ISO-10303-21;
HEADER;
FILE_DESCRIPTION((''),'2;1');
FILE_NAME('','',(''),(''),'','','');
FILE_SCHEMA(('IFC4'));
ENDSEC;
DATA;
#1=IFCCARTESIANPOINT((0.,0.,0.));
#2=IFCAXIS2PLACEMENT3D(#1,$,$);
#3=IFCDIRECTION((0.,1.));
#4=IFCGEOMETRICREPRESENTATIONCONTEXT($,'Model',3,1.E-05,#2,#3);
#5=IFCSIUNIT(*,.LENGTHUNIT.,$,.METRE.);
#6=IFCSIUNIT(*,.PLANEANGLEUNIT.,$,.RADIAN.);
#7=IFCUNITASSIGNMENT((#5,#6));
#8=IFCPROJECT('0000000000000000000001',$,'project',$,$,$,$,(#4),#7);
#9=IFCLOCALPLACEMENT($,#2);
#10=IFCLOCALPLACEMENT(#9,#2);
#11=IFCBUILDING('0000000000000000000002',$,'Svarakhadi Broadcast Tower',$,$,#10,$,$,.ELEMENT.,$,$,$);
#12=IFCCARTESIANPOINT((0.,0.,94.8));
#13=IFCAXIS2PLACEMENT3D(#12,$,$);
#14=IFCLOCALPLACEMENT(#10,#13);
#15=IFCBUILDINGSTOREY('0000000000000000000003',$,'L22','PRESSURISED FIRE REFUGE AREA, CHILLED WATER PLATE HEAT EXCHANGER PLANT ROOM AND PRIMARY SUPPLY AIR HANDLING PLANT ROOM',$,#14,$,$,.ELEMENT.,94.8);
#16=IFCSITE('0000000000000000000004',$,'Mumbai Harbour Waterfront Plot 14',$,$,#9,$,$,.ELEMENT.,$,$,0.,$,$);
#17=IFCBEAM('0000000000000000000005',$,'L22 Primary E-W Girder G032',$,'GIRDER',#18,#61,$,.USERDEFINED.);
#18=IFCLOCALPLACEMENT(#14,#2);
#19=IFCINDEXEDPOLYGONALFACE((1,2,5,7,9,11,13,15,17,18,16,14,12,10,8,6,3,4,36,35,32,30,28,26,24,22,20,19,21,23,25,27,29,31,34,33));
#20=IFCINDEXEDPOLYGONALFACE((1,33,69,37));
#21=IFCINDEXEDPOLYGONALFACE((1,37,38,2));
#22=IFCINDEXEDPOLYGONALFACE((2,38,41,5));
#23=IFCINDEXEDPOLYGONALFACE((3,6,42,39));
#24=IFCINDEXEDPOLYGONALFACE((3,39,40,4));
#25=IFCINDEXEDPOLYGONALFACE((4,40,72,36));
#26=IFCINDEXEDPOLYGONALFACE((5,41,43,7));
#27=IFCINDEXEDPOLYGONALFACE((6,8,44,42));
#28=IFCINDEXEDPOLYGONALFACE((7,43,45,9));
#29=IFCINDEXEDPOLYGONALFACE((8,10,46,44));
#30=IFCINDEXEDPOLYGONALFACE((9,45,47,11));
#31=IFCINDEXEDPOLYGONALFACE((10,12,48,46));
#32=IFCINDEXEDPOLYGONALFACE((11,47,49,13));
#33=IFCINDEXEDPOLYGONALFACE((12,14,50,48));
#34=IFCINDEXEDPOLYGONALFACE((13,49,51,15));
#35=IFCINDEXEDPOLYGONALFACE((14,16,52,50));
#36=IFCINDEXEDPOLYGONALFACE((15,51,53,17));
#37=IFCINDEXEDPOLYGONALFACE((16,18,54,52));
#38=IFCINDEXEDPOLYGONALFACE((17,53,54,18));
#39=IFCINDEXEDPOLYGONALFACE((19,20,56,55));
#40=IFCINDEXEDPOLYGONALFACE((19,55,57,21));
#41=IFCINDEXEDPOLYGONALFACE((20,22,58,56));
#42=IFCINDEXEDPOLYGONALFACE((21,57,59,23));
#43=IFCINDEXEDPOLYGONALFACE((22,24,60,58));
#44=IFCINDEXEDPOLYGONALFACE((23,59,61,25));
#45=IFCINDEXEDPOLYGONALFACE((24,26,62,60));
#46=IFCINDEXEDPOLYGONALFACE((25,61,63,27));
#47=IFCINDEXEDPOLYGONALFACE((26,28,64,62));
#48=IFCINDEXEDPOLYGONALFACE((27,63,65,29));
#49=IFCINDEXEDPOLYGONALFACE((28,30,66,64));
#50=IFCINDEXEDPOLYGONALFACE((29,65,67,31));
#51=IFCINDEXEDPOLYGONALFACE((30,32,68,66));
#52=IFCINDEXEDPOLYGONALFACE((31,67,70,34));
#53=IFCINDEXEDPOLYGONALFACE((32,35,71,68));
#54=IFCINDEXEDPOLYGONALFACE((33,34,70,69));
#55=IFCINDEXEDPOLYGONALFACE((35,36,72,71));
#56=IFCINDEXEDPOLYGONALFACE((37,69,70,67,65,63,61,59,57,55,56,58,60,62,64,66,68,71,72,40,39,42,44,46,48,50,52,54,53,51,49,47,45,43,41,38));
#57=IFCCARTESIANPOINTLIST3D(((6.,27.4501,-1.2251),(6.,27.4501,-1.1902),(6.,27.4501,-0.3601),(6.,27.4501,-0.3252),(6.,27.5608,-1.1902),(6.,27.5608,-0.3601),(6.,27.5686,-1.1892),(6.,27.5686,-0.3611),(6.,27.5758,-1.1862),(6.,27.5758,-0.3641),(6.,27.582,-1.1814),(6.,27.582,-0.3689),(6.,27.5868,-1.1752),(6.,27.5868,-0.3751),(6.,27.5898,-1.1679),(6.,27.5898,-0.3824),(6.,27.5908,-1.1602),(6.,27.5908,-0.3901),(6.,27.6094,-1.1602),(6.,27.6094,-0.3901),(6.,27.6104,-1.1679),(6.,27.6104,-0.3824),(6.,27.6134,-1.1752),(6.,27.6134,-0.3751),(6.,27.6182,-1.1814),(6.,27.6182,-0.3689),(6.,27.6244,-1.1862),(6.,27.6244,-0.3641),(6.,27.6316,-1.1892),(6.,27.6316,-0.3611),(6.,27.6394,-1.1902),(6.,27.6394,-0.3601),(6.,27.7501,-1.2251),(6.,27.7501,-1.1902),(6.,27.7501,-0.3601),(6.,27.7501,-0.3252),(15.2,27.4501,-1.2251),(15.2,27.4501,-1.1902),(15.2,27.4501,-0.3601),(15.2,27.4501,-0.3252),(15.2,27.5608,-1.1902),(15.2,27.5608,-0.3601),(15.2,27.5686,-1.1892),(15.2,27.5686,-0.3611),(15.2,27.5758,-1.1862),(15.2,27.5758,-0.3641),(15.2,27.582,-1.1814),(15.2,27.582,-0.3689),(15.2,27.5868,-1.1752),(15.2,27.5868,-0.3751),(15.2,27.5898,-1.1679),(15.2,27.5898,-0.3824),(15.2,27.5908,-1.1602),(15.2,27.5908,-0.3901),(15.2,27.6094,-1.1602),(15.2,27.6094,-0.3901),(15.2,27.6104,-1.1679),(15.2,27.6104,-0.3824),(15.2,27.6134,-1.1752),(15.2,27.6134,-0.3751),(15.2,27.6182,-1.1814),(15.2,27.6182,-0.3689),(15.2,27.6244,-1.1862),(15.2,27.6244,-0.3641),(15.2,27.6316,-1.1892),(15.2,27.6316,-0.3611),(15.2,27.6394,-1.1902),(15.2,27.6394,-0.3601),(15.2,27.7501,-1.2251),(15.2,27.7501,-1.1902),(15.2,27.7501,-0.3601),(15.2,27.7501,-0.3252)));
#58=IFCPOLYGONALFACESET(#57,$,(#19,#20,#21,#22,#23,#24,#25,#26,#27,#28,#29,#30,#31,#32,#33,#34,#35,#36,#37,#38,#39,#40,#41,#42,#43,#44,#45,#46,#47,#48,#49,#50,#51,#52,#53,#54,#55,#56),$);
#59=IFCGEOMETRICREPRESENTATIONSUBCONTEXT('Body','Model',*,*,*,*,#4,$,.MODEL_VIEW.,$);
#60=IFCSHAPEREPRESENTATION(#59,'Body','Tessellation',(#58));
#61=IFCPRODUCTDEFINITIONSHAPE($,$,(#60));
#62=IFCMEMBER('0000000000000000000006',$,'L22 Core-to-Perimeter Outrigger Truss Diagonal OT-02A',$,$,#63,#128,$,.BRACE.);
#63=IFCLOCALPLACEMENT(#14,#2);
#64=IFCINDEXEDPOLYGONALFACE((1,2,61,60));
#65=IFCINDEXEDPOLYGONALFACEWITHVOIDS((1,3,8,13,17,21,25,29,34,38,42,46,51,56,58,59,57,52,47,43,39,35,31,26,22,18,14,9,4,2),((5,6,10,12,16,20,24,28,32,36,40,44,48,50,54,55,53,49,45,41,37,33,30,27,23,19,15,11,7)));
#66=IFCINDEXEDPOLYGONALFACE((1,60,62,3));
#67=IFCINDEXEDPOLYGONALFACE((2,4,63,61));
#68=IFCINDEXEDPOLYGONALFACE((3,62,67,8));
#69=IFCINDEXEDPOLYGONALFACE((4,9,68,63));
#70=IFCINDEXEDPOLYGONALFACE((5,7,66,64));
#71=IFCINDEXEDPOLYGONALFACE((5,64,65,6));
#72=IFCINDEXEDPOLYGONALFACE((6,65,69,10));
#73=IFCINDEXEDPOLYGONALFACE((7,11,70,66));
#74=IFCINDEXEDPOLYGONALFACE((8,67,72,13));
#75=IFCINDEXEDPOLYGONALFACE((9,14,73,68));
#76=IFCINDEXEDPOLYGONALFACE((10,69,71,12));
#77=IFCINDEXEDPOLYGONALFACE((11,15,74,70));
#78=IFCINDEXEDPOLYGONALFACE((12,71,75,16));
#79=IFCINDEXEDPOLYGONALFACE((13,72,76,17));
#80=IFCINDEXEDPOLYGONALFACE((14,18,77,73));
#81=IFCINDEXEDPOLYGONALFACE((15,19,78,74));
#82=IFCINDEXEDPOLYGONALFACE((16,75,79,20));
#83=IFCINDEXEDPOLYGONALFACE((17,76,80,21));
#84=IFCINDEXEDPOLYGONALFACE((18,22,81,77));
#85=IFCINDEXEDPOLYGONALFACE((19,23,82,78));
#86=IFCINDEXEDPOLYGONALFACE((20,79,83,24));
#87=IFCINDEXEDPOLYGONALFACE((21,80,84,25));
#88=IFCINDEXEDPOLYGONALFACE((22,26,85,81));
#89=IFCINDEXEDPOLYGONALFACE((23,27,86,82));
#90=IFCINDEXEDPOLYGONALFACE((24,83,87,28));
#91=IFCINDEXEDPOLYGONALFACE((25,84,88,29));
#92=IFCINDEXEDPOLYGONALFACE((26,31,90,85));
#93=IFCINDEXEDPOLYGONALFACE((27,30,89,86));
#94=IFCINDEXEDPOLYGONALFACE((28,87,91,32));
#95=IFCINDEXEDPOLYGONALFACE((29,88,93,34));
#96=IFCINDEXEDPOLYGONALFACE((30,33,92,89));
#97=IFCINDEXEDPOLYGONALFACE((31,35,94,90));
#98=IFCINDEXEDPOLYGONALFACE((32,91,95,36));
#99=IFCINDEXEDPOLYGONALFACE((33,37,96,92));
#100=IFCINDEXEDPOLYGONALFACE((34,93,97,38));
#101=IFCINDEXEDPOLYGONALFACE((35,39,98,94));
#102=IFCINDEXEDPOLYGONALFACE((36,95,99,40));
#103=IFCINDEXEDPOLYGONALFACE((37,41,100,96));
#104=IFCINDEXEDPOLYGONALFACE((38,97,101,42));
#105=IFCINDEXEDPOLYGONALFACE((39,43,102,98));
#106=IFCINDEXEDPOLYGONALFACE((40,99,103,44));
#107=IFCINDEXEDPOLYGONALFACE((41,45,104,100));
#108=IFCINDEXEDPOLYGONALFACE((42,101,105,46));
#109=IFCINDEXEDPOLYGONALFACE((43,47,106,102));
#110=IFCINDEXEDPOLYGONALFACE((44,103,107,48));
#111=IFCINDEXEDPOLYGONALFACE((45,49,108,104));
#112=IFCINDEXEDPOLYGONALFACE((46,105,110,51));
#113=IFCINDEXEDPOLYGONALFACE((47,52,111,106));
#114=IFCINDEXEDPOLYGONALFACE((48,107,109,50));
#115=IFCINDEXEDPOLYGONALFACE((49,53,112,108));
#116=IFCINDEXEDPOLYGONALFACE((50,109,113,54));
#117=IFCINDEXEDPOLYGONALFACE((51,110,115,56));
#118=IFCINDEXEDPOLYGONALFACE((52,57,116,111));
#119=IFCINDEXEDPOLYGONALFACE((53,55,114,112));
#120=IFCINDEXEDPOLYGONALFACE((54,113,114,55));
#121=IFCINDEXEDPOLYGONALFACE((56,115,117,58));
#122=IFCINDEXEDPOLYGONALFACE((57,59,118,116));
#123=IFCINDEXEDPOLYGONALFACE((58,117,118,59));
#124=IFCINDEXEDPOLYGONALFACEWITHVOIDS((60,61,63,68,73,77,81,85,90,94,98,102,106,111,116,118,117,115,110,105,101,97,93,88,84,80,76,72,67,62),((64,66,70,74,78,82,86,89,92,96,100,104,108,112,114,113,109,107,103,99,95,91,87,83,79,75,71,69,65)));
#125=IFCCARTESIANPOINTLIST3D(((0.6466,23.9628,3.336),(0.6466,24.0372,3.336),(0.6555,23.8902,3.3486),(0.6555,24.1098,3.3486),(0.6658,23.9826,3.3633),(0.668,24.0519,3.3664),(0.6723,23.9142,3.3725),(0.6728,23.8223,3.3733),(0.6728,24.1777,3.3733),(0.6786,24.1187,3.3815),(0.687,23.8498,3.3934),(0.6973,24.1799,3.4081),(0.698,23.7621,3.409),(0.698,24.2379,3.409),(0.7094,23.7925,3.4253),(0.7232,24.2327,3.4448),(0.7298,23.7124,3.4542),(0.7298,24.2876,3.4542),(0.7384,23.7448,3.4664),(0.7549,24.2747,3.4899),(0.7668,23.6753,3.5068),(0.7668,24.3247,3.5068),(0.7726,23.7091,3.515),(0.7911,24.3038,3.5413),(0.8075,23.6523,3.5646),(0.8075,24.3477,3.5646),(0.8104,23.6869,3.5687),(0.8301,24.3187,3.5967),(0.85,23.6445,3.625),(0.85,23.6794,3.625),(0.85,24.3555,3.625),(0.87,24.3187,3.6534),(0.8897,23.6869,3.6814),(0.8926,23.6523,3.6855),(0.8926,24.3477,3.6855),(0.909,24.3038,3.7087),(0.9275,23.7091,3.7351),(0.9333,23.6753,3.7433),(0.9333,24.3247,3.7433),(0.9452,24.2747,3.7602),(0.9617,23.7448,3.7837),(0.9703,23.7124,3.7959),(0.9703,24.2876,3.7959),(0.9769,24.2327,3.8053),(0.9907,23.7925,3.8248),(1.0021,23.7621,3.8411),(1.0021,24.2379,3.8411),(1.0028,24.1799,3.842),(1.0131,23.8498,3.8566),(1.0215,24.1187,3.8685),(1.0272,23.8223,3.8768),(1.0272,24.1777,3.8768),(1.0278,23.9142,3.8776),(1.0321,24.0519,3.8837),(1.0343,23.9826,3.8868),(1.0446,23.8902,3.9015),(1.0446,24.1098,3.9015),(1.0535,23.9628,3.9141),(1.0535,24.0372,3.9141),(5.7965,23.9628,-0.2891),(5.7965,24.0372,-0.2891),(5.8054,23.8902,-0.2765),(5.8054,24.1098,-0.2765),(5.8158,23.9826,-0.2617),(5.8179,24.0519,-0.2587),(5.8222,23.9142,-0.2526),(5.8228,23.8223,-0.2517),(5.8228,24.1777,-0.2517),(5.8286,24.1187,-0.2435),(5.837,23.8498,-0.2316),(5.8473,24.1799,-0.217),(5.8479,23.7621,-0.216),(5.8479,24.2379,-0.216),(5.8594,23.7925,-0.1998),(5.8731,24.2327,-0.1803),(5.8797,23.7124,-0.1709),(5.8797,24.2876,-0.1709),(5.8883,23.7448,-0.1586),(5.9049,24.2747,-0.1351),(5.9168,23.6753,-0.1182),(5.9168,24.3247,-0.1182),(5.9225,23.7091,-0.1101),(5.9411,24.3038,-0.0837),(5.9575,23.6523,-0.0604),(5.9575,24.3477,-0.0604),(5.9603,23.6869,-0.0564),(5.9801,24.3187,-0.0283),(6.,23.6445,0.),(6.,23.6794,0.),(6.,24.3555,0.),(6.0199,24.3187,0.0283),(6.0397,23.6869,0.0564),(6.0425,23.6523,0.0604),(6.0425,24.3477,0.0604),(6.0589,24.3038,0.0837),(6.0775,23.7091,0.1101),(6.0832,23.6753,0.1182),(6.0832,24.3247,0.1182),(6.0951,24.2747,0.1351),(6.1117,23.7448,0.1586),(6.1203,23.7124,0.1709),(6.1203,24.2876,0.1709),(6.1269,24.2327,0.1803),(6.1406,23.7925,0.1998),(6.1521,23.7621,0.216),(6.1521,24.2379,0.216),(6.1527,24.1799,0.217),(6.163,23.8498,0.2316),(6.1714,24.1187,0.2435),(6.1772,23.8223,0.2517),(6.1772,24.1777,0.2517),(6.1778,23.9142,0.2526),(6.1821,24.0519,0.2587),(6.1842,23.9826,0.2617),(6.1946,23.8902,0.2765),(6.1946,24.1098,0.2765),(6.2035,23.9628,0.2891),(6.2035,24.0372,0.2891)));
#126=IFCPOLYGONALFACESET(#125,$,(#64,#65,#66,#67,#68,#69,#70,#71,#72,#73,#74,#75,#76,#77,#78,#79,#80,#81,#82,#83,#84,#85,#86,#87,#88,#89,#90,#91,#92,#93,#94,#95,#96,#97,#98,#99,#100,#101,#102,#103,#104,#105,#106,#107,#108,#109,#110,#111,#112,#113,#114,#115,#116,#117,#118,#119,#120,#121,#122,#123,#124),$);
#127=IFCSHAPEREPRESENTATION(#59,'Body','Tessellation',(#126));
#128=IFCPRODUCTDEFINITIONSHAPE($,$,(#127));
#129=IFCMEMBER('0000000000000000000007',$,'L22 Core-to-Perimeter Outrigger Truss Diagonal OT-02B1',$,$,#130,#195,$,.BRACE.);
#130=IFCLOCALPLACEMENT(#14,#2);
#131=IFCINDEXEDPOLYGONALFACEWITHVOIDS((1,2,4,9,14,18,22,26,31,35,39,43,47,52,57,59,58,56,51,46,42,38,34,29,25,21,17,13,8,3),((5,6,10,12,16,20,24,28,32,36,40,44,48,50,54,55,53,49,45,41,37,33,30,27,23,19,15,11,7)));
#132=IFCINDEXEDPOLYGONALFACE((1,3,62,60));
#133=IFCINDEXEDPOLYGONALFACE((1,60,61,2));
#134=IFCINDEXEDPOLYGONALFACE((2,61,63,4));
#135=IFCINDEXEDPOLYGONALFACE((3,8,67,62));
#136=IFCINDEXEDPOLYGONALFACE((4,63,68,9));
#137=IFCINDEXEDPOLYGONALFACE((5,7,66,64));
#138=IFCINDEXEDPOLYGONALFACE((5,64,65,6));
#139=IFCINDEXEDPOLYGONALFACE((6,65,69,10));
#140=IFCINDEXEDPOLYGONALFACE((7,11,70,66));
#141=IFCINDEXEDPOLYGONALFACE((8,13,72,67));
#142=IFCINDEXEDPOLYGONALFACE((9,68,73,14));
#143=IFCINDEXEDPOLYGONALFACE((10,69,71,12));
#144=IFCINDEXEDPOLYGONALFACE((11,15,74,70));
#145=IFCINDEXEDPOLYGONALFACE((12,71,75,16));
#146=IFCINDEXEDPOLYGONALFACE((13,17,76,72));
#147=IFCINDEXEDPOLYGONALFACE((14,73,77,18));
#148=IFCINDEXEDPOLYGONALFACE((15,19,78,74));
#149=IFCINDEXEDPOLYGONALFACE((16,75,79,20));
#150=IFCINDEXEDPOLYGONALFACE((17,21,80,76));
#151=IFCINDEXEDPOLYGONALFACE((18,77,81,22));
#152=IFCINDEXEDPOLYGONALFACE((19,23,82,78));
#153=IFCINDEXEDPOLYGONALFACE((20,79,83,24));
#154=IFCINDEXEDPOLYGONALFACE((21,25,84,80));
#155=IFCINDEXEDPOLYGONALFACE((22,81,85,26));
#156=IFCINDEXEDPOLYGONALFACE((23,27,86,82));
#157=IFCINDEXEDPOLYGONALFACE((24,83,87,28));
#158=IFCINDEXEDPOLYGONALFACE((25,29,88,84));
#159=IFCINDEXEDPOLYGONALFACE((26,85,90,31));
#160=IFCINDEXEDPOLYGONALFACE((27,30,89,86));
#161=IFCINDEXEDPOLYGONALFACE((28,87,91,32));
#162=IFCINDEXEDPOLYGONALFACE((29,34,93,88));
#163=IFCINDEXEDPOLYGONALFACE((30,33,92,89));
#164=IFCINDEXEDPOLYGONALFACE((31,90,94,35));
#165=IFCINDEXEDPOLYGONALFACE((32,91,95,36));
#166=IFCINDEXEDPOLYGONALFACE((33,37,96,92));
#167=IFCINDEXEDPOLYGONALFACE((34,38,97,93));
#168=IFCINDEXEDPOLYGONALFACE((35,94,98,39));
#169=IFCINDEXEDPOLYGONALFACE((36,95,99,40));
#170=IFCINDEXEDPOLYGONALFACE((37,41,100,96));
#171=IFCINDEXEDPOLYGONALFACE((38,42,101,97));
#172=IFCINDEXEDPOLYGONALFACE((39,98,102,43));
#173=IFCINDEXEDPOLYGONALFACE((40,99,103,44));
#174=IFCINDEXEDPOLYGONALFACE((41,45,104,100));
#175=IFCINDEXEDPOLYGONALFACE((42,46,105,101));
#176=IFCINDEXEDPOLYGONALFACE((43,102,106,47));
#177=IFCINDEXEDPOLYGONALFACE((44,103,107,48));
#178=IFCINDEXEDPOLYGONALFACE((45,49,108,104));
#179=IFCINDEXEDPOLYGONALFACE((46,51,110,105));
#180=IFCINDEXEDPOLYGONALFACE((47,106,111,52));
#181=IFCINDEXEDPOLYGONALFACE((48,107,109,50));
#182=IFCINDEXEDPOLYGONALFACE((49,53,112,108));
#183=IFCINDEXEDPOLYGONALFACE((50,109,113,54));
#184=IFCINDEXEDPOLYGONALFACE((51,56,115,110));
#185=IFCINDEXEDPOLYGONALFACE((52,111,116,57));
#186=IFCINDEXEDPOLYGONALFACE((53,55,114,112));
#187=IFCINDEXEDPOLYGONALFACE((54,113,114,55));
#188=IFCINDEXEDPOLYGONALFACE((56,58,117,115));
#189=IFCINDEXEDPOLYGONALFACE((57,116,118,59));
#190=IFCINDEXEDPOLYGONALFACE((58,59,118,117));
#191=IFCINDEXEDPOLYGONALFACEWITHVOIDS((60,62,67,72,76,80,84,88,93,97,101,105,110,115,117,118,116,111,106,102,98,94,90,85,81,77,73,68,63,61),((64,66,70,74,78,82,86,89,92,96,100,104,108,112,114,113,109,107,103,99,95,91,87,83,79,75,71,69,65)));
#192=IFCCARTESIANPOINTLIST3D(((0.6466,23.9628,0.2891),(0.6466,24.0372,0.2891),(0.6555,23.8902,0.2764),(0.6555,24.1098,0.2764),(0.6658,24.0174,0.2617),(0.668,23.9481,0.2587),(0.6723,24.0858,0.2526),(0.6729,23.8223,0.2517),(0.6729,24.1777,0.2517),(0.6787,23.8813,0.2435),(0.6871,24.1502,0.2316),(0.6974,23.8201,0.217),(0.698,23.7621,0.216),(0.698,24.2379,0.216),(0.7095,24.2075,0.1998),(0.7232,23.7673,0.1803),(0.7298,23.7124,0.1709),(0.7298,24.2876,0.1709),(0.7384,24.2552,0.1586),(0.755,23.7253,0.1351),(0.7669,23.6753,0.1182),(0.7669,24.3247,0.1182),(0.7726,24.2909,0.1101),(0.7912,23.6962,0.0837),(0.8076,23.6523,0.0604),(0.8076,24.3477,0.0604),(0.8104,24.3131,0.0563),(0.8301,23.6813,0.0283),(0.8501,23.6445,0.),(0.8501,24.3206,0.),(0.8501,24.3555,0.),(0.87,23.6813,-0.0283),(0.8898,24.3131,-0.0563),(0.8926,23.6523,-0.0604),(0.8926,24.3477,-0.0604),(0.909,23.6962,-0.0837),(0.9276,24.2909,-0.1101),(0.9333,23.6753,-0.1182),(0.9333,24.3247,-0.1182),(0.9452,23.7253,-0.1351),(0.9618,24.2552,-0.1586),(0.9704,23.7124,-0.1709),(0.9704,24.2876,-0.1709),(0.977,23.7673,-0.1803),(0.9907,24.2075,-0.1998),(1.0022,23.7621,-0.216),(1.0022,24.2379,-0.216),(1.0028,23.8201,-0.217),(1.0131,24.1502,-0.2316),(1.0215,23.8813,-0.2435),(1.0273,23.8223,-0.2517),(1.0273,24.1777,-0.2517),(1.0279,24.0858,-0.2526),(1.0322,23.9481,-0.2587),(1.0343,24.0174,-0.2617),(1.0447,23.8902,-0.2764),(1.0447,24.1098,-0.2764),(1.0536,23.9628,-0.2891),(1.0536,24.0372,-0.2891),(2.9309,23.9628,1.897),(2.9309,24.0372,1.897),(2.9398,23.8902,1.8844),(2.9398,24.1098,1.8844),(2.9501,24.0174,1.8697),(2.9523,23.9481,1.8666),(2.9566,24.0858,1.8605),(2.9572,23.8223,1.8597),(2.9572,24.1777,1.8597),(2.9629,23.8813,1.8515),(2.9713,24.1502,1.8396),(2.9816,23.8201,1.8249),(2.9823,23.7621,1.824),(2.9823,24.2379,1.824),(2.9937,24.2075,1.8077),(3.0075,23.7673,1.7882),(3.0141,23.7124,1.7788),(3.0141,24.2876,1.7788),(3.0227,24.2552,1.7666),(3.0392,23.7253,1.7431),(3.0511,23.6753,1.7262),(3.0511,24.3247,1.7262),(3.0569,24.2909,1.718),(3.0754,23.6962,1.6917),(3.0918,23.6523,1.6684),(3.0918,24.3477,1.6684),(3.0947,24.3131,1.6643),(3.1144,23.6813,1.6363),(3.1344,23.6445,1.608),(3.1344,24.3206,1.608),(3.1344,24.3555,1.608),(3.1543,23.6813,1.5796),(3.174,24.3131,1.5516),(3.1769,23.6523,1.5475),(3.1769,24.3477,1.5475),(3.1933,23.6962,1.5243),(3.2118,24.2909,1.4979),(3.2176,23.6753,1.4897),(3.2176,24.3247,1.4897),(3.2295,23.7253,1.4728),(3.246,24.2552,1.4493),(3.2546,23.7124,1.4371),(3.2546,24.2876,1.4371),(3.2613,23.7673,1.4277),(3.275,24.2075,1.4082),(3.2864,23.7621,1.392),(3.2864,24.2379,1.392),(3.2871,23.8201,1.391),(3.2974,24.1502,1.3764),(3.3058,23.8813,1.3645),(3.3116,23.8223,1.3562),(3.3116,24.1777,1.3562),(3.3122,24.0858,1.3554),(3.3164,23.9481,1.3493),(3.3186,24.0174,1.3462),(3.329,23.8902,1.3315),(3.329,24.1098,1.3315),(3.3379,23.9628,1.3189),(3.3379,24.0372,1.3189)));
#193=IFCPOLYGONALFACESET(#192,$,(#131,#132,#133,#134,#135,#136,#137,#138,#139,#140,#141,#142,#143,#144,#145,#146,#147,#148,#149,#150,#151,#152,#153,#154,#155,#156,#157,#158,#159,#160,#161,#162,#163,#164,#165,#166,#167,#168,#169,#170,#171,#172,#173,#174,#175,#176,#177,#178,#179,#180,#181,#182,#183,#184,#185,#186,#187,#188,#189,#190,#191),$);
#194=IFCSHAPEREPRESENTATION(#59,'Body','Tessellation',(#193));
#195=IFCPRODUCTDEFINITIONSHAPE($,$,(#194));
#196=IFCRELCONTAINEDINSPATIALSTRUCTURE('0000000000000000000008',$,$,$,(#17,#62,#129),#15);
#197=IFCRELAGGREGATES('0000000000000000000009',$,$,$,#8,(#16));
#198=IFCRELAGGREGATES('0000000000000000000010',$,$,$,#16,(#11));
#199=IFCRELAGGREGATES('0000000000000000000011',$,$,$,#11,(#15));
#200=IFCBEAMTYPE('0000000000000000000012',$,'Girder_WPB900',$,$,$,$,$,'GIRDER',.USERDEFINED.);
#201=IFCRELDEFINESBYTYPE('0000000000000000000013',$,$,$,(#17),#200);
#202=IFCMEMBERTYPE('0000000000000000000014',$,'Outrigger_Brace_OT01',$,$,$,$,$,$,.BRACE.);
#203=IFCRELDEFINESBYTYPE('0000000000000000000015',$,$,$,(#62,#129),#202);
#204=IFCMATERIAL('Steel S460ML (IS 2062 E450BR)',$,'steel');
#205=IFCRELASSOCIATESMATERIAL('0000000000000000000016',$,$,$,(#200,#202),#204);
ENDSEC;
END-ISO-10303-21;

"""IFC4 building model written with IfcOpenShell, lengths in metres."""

from ifc_helpers import new_model, si_unit, direction, frame, origin, origin_2d, place, context, subcontext, project, spatial, hollow_circle, i_section, extrude, material, material_profile, profile_set, type_object, element, save


model = new_model("IFC4")

# Units and contexts
model_context = context("Model", 3, precision=1e-05, world=origin(), true_north=direction((0.0, 1.0)))
body_context = subcontext(model_context, "Body", "Model", "MODEL_VIEW")
ifc_project = project(units=[si_unit("LENGTHUNIT", "METRE"), si_unit("PLANEANGLEUNIT", "RADIAN")], contexts=[model_context])

# Site, building, storey
site_placement = place(None, origin())
site = spatial("IfcSite", under=ifc_project, at=site_placement, Name="Mumbai Harbour Waterfront Plot 14", CompositionType="ELEMENT", RefElevation=0.0)
building_placement = place(site_placement, origin())
building = spatial("IfcBuilding", under=site, at=building_placement, Name="Svarakhadi Broadcast Tower", CompositionType="ELEMENT")
storey_placement = place(building_placement, frame((0.0, 0.0, 94.8)))
storey = spatial("IfcBuildingStorey", under=building, at=storey_placement, Name="L22", Description="PRESSURISED FIRE REFUGE AREA, CHILLED WATER PLATE HEAT EXCHANGER PLANT ROOM AND PRIMARY SUPPLY AIR HANDLING PLANT ROOM", CompositionType="ELEMENT", Elevation=94.8)

# Shared definitions
ifc_material_1 = material(Name="Steel S460ML (IS 2062 E450BR)", Category="steel")

# Beam
ifc_material_profile_1 = material_profile(ifc_material_1, i_section(OverallWidth=0.3, OverallDepth=0.8999, WebThickness=0.0186, FlangeThickness=0.0349, FilletRadius=0.03, at=origin_2d()), Name="WPB 900x300x291")
ifc_profile_set_1 = profile_set([ifc_material_profile_1], Name="Steel S460ML (IS 2062 E450BR)")
beam_type_1 = type_object("IfcBeamType", Name="Girder_WPB900", ElementType="GIRDER", PredefinedType="USERDEFINED", material=ifc_profile_set_1)
beam_1_placement = place(storey_placement, frame((6.0, 27.6001, -0.7751), z_axis=(1.0, 0.0, 0.0), x_axis=(0.0, 1.0, 0.0)))
element("IfcBeam", 1, at=beam_1_placement, inside=storey, type_object=beam_type_1, Name="L22 Primary E-W Girder G032", ObjectType="GIRDER", PredefinedType="USERDEFINED", context=body_context, shape_type="SweptSolid", body=[
    extrude(i_section(OverallWidth=0.3, OverallDepth=0.8999, WebThickness=0.0186, FlangeThickness=0.0349, FilletRadius=0.03, at=origin_2d()), origin(), (0.0, 0.0, 1.0), 9.2),
])

# Members
ifc_material_profile_2 = material_profile(ifc_material_1, hollow_circle(Radius=0.3555, WallThickness=0.0349, at=origin_2d()), Name="CHS 711x35")
ifc_profile_set_2 = profile_set([ifc_material_profile_2], Name="Steel S460ML (IS 2062 E450BR)")
member_type_1 = type_object("IfcMemberType", Name="Outrigger_Brace_OT01", PredefinedType="BRACE", material=ifc_profile_set_2)
member_1_placement = place(storey_placement, frame((6.0, 24.0, 0.0), z_axis=(-0.817732, 0.0, 0.575599), x_axis=(0.0, -1.0, 0.0)))
element("IfcMember", 2, at=member_1_placement, inside=storey, type_object=member_type_1, Name="L22 Core-to-Perimeter Outrigger Truss Diagonal OT-02A", PredefinedType="BRACE", context=body_context, shape_type="SweptSolid", body=[
    extrude(hollow_circle(Radius=0.3555, WallThickness=0.0349, at=origin_2d()), origin(), (0.0, 0.0, 1.0), 6.2979),
])
for number, where, z_axis, x_axis, name in (
    (3, (0.8501, 24.0, 0.0), (0.817718, 0.0, 0.575619), (0.0, 1.0, 0.0), "L22 Core-to-Perimeter Outrigger Truss Diagonal OT-02B1"),
):
    element("IfcMember", number, at=place(storey_placement, frame(where, z_axis=z_axis, x_axis=x_axis)), inside=storey, type_object=member_type_1, Name=name, PredefinedType="BRACE", context=body_context, shape_type="SweptSolid", body=[
        extrude(hollow_circle(Radius=0.3555, WallThickness=0.0349, at=origin_2d()), origin(), (0.0, 0.0, 1.0), 2.7935),
    ])

save(model, "model.ifc")
